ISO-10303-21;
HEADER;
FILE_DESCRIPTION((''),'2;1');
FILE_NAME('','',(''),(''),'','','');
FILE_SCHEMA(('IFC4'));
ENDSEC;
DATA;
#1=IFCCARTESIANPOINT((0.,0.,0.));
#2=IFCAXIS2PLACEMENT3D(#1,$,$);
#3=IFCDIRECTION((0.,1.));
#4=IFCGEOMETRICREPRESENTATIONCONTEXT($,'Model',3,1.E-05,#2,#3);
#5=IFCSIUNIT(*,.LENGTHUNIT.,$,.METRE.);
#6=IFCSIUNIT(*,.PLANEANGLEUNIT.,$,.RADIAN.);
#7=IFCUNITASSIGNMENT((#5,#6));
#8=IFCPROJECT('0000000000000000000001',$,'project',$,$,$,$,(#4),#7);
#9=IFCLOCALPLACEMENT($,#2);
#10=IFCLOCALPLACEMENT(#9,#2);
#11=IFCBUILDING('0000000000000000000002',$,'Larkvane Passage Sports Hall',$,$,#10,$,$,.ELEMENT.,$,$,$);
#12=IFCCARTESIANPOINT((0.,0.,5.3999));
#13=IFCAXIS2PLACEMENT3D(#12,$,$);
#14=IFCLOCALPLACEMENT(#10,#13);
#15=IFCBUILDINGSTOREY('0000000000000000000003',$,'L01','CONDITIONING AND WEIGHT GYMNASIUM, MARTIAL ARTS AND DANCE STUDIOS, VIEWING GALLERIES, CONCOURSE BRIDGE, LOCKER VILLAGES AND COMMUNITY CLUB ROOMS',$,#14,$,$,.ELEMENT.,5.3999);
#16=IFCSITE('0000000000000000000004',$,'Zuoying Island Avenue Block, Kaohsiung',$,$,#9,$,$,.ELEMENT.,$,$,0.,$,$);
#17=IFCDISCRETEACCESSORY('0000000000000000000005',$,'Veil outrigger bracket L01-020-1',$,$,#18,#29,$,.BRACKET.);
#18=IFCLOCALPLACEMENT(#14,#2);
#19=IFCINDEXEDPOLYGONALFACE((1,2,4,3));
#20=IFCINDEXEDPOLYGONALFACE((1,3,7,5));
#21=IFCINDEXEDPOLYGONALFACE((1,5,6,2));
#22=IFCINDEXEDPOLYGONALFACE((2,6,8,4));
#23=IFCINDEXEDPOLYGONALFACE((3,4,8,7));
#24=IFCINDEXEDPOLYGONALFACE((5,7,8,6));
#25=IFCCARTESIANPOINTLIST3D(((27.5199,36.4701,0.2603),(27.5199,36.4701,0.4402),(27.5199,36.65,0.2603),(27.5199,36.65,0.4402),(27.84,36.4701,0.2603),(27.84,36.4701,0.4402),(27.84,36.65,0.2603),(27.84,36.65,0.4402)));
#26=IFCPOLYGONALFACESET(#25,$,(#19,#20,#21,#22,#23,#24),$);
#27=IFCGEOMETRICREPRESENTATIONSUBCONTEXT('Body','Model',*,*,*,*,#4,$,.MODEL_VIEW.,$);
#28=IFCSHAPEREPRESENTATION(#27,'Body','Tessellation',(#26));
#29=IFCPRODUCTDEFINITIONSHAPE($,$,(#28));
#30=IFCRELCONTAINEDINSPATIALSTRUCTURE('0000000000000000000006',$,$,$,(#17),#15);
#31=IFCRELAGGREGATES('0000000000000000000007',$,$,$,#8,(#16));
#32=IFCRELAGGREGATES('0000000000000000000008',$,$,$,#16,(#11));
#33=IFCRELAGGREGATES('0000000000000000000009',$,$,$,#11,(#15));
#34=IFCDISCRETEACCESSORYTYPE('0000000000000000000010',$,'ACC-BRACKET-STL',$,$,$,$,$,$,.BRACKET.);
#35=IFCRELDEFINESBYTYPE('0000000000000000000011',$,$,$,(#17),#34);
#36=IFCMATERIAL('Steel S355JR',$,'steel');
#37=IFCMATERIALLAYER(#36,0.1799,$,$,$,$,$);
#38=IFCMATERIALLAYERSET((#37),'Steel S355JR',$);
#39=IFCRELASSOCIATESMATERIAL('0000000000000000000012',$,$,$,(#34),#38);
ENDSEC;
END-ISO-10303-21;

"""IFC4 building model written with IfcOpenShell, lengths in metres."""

from ifc_helpers import new_model, si_unit, direction, frame, origin, origin_2d, place, context, subcontext, project, spatial, rectangle, extrude, material, layer, layer_set, type_object, element, save


model = new_model("IFC4")

# Units and contexts
model_context = context("Model", 3, precision=1e-05, world=origin(), true_north=direction((0.0, 1.0)))
body_context = subcontext(model_context, "Body", "Model", "MODEL_VIEW")
ifc_project = project(units=[si_unit("LENGTHUNIT", "METRE"), si_unit("PLANEANGLEUNIT", "RADIAN")], contexts=[model_context])

# Site, building, storey
site_placement = place(None, origin())
site = spatial("IfcSite", under=ifc_project, at=site_placement, Name="Zuoying Island Avenue Block, Kaohsiung", CompositionType="ELEMENT", RefElevation=0.0)
building_placement = place(site_placement, origin())
building = spatial("IfcBuilding", under=site, at=building_placement, Name="Larkvane Passage Sports Hall", CompositionType="ELEMENT")
storey_placement = place(building_placement, frame((0.0, 0.0, 5.3999)))
storey = spatial("IfcBuildingStorey", under=building, at=storey_placement, Name="L01", Description="CONDITIONING AND WEIGHT GYMNASIUM, MARTIAL ARTS AND DANCE STUDIOS, VIEWING GALLERIES, CONCOURSE BRIDGE, LOCKER VILLAGES AND COMMUNITY CLUB ROOMS", CompositionType="ELEMENT", Elevation=5.3999)

# Discrete accessory
ifc_material_1 = material(Name="Steel S355JR", Category="steel")
ifc_layer_1 = layer(ifc_material_1, 0.1799)
ifc_layer_set_1 = layer_set([ifc_layer_1], Name="Steel S355JR")
discrete_accessory_type = type_object("IfcDiscreteAccessoryType", Name="ACC-BRACKET-STL", PredefinedType="BRACKET", material=ifc_layer_set_1)
discrete_accessory_placement = place(storey_placement, frame((27.6799, 36.5601, 0.2603), z_axis=(0.0, 0.0, 1.0), x_axis=(0.0, 1.0, 0.0)))
element("IfcDiscreteAccessory", 1, at=discrete_accessory_placement, inside=storey, type_object=discrete_accessory_type, Name="Veil outrigger bracket L01-020-1", PredefinedType="BRACKET", context=body_context, shape_type="SweptSolid", body=[
    extrude(rectangle(XDim=0.1799, YDim=0.3201, at=origin_2d()), origin(), (0.0, 0.0, 1.0), 0.1799),
])

save(model, "model.ifc")
